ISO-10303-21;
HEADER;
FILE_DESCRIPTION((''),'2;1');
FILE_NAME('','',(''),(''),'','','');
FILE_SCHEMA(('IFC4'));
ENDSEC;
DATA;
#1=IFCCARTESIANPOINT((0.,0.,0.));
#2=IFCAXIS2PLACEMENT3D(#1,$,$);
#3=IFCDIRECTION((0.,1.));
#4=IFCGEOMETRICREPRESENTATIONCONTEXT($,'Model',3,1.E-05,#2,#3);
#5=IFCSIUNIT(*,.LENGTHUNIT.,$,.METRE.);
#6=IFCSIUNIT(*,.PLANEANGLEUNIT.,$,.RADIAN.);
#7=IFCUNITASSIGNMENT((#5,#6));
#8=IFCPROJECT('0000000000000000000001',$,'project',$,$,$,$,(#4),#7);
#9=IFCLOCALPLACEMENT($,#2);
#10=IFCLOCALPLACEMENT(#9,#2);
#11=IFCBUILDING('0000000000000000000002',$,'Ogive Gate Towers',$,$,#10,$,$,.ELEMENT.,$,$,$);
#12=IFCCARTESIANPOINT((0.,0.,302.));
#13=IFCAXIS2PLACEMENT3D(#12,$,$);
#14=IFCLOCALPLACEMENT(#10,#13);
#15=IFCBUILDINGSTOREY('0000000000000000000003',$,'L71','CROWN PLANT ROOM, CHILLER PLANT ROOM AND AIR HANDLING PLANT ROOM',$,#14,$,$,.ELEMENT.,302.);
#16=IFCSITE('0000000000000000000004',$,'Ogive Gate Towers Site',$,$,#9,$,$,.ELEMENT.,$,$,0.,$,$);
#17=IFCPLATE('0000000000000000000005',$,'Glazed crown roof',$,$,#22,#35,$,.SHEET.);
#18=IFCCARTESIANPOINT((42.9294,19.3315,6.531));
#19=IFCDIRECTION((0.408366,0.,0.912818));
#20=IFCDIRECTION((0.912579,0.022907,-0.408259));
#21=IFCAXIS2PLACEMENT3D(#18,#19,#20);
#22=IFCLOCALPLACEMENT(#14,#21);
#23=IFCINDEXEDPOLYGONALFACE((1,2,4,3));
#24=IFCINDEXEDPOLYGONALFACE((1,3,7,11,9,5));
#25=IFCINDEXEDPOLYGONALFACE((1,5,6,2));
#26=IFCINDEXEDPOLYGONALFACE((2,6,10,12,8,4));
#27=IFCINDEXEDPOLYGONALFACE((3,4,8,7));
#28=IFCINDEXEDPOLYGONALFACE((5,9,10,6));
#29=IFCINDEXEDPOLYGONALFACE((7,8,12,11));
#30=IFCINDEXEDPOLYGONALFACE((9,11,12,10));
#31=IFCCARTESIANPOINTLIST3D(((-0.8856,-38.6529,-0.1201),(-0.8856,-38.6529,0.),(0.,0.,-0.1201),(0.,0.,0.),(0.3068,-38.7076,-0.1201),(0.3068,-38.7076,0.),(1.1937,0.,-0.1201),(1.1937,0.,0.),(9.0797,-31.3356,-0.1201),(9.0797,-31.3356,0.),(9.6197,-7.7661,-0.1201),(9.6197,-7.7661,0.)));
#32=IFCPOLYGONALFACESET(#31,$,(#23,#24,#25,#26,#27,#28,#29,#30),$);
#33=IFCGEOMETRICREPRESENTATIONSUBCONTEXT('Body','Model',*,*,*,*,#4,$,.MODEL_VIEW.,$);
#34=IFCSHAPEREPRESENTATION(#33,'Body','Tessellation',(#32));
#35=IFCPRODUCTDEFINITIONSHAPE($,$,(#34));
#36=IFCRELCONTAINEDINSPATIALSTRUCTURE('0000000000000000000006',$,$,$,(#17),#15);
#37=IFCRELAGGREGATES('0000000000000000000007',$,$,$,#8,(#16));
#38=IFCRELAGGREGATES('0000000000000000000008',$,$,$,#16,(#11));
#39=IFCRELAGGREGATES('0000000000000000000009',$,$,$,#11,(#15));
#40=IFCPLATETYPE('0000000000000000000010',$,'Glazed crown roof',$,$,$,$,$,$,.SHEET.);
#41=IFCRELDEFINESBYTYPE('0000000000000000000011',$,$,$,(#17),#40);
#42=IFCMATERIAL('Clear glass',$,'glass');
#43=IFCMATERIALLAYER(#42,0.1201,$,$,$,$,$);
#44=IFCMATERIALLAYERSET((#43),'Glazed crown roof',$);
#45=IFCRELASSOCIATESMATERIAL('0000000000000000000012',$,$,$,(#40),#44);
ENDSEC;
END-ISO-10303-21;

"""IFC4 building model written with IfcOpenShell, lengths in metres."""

from ifc_helpers import new_model, si_unit, direction, frame, origin, place, context, subcontext, project, spatial, polyline, outline, extrude, material, layer, layer_set, type_object, element, save


model = new_model("IFC4")

# Units and contexts
model_context = context("Model", 3, precision=1e-05, world=origin(), true_north=direction((0.0, 1.0)))
body_context = subcontext(model_context, "Body", "Model", "MODEL_VIEW")
ifc_project = project(units=[si_unit("LENGTHUNIT", "METRE"), si_unit("PLANEANGLEUNIT", "RADIAN")], contexts=[model_context])

# Site, building, storey
site_placement = place(None, origin())
site = spatial("IfcSite", under=ifc_project, at=site_placement, Name="Ogive Gate Towers Site", CompositionType="ELEMENT", RefElevation=0.0)
building_placement = place(site_placement, origin())
building = spatial("IfcBuilding", under=site, at=building_placement, Name="Ogive Gate Towers", CompositionType="ELEMENT")
storey_placement = place(building_placement, frame((0.0, 0.0, 302.0)))
storey = spatial("IfcBuildingStorey", under=building, at=storey_placement, Name="L71", Description="CROWN PLANT ROOM, CHILLER PLANT ROOM AND AIR HANDLING PLANT ROOM", CompositionType="ELEMENT", Elevation=302.0)

# Shared definitions
ifc_material_1 = material(Name="Clear glass", Category="glass")

# Plate
ifc_layer_1 = layer(ifc_material_1, 0.1201)
ifc_layer_set_1 = layer_set([ifc_layer_1], Name="Glazed crown roof")
plate_type_1 = type_object("IfcPlateType", Name="Glazed crown roof", PredefinedType="SHEET", material=ifc_layer_set_1)
plate_1_placement = place(storey_placement, frame((42.9294, 19.3315, 6.531), z_axis=(0.408366, 0.0, 0.912818), x_axis=(0.912579, 0.022907, -0.408259)))
element("IfcPlate", 1, at=plate_1_placement, inside=storey, type_object=plate_type_1, Name="Glazed crown roof", PredefinedType="SHEET", context=body_context, shape_type="SweptSolid", body=[
    extrude(outline(polyline([(0.0, 0.0), (1.1937, 0.0), (9.6197, -7.7661), (9.0797, -31.3356), (0.3068, -38.7076), (-0.8856, -38.6529), (0.0, 0.0)])), origin(), (0.0, 0.0, -1.0), 0.1201),
])

save(model, "model.ifc")
